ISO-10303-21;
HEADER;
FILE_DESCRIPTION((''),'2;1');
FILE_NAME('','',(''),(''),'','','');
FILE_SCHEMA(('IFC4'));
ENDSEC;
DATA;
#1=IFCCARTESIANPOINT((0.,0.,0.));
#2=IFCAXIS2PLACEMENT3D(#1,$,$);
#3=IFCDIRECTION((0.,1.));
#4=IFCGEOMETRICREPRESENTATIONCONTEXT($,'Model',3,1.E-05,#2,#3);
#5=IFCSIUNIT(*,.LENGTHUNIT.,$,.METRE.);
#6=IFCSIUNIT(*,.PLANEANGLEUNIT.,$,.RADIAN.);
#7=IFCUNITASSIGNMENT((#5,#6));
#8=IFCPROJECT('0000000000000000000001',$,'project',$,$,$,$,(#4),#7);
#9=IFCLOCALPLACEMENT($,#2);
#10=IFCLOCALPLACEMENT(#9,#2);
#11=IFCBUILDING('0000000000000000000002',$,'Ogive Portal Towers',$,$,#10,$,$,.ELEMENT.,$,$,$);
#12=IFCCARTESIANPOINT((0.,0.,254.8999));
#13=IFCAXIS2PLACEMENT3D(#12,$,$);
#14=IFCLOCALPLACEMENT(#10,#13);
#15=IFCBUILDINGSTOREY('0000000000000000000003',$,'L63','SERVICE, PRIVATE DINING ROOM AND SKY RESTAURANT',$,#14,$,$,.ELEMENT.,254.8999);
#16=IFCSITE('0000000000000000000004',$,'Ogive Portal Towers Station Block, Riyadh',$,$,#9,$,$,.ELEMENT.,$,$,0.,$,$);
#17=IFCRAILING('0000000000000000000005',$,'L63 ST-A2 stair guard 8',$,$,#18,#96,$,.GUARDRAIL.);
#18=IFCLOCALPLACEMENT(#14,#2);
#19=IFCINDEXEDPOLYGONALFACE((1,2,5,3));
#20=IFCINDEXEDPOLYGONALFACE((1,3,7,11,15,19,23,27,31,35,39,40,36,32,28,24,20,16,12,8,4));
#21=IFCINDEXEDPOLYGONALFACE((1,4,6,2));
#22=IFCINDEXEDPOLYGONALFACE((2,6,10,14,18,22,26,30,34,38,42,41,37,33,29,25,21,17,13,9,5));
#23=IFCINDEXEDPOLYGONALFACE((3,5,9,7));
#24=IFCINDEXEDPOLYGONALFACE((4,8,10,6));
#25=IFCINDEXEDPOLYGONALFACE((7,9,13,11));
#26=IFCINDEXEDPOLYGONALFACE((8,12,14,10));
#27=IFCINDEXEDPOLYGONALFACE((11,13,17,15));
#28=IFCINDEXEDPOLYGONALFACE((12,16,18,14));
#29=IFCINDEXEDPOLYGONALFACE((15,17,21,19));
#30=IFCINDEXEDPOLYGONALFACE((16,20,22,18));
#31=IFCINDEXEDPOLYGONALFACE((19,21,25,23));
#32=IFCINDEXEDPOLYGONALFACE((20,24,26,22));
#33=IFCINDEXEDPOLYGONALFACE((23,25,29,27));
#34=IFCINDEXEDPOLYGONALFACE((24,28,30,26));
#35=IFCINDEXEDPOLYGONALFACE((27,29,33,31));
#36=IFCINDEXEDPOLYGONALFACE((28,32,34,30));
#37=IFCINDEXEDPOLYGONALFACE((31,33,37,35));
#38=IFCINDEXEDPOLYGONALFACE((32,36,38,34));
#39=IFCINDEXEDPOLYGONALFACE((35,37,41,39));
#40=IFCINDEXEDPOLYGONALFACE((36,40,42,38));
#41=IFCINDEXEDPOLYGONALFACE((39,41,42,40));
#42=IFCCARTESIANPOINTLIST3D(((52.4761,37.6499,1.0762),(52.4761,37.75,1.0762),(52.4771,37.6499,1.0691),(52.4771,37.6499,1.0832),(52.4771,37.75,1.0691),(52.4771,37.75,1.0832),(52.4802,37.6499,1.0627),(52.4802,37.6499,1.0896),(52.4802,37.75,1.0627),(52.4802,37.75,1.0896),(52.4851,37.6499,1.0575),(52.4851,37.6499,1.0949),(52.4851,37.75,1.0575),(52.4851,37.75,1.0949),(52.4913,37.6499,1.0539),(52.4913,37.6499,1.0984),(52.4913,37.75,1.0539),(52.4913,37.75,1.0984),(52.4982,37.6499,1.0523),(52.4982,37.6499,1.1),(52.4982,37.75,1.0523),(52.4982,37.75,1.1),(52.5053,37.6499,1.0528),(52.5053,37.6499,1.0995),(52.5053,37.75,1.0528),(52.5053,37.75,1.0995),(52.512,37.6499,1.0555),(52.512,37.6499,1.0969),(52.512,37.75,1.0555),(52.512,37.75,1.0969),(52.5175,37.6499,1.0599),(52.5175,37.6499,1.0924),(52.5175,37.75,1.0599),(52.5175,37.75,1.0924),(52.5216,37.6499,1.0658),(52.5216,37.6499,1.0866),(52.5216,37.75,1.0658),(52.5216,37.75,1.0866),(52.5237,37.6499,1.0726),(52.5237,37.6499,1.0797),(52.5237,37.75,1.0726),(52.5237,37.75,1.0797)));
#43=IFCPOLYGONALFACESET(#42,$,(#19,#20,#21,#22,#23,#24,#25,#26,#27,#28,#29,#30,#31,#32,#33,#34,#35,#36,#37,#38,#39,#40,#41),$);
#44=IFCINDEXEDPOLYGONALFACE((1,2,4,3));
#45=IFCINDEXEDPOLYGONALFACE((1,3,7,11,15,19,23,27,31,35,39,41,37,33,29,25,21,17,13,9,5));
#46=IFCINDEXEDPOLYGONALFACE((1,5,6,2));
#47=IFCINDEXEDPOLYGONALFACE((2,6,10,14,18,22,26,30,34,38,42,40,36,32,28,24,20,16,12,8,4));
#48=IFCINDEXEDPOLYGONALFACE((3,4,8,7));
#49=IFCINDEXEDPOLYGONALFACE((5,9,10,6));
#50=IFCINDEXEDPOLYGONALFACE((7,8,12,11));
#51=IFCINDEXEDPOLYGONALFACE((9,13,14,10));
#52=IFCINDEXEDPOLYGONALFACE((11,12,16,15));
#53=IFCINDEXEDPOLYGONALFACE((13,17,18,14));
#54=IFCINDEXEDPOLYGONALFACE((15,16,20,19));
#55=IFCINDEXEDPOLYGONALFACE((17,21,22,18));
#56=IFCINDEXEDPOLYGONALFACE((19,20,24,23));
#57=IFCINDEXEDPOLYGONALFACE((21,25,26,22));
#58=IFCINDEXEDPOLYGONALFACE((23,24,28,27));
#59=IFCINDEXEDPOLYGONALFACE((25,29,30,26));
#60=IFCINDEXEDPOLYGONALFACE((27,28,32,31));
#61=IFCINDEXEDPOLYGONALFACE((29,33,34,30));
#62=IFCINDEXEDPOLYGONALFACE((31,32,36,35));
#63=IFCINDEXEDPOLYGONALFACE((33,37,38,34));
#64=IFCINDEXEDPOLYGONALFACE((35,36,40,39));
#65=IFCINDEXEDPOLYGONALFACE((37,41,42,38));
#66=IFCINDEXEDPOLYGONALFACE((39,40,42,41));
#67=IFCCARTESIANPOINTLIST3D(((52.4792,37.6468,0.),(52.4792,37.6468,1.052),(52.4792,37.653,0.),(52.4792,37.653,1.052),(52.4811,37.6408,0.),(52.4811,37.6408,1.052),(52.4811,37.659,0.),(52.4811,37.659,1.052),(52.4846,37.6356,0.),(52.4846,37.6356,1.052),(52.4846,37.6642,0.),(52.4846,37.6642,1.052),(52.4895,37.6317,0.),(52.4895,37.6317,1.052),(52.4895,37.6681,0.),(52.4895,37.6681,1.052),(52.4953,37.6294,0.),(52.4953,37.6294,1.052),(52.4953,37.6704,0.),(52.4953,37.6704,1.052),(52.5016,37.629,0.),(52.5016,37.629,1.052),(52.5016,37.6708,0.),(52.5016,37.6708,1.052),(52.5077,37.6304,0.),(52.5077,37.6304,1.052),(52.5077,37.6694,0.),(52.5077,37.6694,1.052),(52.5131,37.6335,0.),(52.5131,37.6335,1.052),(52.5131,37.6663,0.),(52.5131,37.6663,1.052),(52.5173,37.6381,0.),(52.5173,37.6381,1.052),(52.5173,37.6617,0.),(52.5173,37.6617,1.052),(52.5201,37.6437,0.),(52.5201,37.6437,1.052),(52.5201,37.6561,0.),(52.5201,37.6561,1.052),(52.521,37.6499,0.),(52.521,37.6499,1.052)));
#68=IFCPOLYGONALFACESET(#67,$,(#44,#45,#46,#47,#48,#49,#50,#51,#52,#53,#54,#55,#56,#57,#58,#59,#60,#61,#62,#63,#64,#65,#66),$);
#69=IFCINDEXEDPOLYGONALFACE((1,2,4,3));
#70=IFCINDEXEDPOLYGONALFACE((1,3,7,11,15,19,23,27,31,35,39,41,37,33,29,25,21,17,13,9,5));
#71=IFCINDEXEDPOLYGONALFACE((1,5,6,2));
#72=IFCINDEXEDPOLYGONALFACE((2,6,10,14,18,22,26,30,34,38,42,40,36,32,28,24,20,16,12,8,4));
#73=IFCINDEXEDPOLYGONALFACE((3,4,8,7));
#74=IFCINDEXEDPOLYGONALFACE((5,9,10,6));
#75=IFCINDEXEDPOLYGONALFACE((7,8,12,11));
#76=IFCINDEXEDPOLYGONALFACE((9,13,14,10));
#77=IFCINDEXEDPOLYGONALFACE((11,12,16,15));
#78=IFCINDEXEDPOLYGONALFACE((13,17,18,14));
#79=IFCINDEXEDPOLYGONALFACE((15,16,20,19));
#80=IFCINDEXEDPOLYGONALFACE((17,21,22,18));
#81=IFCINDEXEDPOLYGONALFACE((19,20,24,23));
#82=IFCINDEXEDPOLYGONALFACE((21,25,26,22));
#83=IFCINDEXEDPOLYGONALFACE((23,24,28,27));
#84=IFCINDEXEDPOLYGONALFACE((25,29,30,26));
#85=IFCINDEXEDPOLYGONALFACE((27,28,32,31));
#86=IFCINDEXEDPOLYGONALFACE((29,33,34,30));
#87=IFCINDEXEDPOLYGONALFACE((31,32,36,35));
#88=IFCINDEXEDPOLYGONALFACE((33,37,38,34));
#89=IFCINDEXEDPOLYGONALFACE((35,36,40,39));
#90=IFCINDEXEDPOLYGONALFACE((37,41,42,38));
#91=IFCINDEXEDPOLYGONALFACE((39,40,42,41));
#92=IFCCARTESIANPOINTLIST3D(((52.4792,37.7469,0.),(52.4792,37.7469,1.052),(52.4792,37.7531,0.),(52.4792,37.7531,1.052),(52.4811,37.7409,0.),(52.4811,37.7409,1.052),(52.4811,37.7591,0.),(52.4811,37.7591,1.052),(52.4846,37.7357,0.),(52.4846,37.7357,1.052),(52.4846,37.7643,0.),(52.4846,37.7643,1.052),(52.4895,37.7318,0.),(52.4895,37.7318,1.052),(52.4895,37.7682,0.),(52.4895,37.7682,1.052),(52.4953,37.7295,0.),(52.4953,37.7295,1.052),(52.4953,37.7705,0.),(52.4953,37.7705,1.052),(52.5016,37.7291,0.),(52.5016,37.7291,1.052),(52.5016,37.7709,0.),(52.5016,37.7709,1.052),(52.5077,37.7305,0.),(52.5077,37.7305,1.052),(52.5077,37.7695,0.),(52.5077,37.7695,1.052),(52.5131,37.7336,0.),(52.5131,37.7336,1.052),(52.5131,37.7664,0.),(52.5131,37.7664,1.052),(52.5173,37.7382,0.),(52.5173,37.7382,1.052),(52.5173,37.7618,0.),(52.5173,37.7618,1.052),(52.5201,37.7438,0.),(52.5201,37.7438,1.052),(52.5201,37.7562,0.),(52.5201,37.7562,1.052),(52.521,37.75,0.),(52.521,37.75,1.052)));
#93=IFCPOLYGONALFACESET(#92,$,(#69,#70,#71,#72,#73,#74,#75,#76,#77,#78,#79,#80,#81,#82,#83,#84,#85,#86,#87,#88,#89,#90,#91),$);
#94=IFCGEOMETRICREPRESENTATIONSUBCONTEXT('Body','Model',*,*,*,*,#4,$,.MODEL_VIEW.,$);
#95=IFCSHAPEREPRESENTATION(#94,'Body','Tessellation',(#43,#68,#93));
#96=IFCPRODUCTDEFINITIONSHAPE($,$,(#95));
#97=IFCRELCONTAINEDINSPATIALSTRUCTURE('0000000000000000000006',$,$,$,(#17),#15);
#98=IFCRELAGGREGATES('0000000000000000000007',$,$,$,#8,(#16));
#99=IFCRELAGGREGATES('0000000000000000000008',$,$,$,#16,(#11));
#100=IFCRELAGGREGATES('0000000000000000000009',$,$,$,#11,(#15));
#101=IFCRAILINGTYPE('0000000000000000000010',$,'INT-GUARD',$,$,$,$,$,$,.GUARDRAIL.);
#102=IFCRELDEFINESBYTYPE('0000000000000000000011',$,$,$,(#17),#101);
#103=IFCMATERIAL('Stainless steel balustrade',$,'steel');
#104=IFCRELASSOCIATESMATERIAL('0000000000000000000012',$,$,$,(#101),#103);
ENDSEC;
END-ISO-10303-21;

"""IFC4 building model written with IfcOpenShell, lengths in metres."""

from ifc_helpers import new_model, si_unit, direction, frame, origin, origin_2d, place, context, subcontext, project, spatial, circle, extrude, material, type_object, element, save


model = new_model("IFC4")

# Units and contexts
model_context = context("Model", 3, precision=1e-05, world=origin(), true_north=direction((0.0, 1.0)))
body_context = subcontext(model_context, "Body", "Model", "MODEL_VIEW")
ifc_project = project(units=[si_unit("LENGTHUNIT", "METRE"), si_unit("PLANEANGLEUNIT", "RADIAN")], contexts=[model_context])

# Site, building, storey
site_placement = place(None, origin())
site = spatial("IfcSite", under=ifc_project, at=site_placement, Name="Ogive Portal Towers Station Block, Riyadh", CompositionType="ELEMENT", RefElevation=0.0)
building_placement = place(site_placement, origin())
building = spatial("IfcBuilding", under=site, at=building_placement, Name="Ogive Portal Towers", CompositionType="ELEMENT")
storey_placement = place(building_placement, frame((0.0, 0.0, 254.8999)))
storey = spatial("IfcBuildingStorey", under=building, at=storey_placement, Name="L63", Description="SERVICE, PRIVATE DINING ROOM AND SKY RESTAURANT", CompositionType="ELEMENT", Elevation=254.8999)

# Railing
ifc_material_1 = material(Name="Stainless steel balustrade", Category="steel")
railing_type_1 = type_object("IfcRailingType", Name="INT-GUARD", PredefinedType="GUARDRAIL", material=ifc_material_1)
railing_1_placement = place(storey_placement, frame((52.5, 37.6499, 0.0)))
element("IfcRailing", 1, at=railing_1_placement, inside=storey, type_object=railing_type_1, Name="L63 ST-A2 stair guard 8", PredefinedType="GUARDRAIL", context=body_context, shape_type="SweptSolid", body=[
    extrude(circle(Radius=0.0239, at=origin_2d()), frame((0.0, 0.0, 1.0762), z_axis=(0.0, 1.0, 0.0), x_axis=(-1.0, 0.0, 0.0)), (0.0, 0.0, 1.0), 0.1001),
    extrude(circle(Radius=0.021, at=origin_2d()), origin(), (0.0, 0.0, 1.0), 1.052),
    extrude(circle(Radius=0.021, at=origin_2d()), frame((0.0, 0.1001, 0.0)), (0.0, 0.0, 1.0), 1.052),
])

save(model, "model.ifc")
